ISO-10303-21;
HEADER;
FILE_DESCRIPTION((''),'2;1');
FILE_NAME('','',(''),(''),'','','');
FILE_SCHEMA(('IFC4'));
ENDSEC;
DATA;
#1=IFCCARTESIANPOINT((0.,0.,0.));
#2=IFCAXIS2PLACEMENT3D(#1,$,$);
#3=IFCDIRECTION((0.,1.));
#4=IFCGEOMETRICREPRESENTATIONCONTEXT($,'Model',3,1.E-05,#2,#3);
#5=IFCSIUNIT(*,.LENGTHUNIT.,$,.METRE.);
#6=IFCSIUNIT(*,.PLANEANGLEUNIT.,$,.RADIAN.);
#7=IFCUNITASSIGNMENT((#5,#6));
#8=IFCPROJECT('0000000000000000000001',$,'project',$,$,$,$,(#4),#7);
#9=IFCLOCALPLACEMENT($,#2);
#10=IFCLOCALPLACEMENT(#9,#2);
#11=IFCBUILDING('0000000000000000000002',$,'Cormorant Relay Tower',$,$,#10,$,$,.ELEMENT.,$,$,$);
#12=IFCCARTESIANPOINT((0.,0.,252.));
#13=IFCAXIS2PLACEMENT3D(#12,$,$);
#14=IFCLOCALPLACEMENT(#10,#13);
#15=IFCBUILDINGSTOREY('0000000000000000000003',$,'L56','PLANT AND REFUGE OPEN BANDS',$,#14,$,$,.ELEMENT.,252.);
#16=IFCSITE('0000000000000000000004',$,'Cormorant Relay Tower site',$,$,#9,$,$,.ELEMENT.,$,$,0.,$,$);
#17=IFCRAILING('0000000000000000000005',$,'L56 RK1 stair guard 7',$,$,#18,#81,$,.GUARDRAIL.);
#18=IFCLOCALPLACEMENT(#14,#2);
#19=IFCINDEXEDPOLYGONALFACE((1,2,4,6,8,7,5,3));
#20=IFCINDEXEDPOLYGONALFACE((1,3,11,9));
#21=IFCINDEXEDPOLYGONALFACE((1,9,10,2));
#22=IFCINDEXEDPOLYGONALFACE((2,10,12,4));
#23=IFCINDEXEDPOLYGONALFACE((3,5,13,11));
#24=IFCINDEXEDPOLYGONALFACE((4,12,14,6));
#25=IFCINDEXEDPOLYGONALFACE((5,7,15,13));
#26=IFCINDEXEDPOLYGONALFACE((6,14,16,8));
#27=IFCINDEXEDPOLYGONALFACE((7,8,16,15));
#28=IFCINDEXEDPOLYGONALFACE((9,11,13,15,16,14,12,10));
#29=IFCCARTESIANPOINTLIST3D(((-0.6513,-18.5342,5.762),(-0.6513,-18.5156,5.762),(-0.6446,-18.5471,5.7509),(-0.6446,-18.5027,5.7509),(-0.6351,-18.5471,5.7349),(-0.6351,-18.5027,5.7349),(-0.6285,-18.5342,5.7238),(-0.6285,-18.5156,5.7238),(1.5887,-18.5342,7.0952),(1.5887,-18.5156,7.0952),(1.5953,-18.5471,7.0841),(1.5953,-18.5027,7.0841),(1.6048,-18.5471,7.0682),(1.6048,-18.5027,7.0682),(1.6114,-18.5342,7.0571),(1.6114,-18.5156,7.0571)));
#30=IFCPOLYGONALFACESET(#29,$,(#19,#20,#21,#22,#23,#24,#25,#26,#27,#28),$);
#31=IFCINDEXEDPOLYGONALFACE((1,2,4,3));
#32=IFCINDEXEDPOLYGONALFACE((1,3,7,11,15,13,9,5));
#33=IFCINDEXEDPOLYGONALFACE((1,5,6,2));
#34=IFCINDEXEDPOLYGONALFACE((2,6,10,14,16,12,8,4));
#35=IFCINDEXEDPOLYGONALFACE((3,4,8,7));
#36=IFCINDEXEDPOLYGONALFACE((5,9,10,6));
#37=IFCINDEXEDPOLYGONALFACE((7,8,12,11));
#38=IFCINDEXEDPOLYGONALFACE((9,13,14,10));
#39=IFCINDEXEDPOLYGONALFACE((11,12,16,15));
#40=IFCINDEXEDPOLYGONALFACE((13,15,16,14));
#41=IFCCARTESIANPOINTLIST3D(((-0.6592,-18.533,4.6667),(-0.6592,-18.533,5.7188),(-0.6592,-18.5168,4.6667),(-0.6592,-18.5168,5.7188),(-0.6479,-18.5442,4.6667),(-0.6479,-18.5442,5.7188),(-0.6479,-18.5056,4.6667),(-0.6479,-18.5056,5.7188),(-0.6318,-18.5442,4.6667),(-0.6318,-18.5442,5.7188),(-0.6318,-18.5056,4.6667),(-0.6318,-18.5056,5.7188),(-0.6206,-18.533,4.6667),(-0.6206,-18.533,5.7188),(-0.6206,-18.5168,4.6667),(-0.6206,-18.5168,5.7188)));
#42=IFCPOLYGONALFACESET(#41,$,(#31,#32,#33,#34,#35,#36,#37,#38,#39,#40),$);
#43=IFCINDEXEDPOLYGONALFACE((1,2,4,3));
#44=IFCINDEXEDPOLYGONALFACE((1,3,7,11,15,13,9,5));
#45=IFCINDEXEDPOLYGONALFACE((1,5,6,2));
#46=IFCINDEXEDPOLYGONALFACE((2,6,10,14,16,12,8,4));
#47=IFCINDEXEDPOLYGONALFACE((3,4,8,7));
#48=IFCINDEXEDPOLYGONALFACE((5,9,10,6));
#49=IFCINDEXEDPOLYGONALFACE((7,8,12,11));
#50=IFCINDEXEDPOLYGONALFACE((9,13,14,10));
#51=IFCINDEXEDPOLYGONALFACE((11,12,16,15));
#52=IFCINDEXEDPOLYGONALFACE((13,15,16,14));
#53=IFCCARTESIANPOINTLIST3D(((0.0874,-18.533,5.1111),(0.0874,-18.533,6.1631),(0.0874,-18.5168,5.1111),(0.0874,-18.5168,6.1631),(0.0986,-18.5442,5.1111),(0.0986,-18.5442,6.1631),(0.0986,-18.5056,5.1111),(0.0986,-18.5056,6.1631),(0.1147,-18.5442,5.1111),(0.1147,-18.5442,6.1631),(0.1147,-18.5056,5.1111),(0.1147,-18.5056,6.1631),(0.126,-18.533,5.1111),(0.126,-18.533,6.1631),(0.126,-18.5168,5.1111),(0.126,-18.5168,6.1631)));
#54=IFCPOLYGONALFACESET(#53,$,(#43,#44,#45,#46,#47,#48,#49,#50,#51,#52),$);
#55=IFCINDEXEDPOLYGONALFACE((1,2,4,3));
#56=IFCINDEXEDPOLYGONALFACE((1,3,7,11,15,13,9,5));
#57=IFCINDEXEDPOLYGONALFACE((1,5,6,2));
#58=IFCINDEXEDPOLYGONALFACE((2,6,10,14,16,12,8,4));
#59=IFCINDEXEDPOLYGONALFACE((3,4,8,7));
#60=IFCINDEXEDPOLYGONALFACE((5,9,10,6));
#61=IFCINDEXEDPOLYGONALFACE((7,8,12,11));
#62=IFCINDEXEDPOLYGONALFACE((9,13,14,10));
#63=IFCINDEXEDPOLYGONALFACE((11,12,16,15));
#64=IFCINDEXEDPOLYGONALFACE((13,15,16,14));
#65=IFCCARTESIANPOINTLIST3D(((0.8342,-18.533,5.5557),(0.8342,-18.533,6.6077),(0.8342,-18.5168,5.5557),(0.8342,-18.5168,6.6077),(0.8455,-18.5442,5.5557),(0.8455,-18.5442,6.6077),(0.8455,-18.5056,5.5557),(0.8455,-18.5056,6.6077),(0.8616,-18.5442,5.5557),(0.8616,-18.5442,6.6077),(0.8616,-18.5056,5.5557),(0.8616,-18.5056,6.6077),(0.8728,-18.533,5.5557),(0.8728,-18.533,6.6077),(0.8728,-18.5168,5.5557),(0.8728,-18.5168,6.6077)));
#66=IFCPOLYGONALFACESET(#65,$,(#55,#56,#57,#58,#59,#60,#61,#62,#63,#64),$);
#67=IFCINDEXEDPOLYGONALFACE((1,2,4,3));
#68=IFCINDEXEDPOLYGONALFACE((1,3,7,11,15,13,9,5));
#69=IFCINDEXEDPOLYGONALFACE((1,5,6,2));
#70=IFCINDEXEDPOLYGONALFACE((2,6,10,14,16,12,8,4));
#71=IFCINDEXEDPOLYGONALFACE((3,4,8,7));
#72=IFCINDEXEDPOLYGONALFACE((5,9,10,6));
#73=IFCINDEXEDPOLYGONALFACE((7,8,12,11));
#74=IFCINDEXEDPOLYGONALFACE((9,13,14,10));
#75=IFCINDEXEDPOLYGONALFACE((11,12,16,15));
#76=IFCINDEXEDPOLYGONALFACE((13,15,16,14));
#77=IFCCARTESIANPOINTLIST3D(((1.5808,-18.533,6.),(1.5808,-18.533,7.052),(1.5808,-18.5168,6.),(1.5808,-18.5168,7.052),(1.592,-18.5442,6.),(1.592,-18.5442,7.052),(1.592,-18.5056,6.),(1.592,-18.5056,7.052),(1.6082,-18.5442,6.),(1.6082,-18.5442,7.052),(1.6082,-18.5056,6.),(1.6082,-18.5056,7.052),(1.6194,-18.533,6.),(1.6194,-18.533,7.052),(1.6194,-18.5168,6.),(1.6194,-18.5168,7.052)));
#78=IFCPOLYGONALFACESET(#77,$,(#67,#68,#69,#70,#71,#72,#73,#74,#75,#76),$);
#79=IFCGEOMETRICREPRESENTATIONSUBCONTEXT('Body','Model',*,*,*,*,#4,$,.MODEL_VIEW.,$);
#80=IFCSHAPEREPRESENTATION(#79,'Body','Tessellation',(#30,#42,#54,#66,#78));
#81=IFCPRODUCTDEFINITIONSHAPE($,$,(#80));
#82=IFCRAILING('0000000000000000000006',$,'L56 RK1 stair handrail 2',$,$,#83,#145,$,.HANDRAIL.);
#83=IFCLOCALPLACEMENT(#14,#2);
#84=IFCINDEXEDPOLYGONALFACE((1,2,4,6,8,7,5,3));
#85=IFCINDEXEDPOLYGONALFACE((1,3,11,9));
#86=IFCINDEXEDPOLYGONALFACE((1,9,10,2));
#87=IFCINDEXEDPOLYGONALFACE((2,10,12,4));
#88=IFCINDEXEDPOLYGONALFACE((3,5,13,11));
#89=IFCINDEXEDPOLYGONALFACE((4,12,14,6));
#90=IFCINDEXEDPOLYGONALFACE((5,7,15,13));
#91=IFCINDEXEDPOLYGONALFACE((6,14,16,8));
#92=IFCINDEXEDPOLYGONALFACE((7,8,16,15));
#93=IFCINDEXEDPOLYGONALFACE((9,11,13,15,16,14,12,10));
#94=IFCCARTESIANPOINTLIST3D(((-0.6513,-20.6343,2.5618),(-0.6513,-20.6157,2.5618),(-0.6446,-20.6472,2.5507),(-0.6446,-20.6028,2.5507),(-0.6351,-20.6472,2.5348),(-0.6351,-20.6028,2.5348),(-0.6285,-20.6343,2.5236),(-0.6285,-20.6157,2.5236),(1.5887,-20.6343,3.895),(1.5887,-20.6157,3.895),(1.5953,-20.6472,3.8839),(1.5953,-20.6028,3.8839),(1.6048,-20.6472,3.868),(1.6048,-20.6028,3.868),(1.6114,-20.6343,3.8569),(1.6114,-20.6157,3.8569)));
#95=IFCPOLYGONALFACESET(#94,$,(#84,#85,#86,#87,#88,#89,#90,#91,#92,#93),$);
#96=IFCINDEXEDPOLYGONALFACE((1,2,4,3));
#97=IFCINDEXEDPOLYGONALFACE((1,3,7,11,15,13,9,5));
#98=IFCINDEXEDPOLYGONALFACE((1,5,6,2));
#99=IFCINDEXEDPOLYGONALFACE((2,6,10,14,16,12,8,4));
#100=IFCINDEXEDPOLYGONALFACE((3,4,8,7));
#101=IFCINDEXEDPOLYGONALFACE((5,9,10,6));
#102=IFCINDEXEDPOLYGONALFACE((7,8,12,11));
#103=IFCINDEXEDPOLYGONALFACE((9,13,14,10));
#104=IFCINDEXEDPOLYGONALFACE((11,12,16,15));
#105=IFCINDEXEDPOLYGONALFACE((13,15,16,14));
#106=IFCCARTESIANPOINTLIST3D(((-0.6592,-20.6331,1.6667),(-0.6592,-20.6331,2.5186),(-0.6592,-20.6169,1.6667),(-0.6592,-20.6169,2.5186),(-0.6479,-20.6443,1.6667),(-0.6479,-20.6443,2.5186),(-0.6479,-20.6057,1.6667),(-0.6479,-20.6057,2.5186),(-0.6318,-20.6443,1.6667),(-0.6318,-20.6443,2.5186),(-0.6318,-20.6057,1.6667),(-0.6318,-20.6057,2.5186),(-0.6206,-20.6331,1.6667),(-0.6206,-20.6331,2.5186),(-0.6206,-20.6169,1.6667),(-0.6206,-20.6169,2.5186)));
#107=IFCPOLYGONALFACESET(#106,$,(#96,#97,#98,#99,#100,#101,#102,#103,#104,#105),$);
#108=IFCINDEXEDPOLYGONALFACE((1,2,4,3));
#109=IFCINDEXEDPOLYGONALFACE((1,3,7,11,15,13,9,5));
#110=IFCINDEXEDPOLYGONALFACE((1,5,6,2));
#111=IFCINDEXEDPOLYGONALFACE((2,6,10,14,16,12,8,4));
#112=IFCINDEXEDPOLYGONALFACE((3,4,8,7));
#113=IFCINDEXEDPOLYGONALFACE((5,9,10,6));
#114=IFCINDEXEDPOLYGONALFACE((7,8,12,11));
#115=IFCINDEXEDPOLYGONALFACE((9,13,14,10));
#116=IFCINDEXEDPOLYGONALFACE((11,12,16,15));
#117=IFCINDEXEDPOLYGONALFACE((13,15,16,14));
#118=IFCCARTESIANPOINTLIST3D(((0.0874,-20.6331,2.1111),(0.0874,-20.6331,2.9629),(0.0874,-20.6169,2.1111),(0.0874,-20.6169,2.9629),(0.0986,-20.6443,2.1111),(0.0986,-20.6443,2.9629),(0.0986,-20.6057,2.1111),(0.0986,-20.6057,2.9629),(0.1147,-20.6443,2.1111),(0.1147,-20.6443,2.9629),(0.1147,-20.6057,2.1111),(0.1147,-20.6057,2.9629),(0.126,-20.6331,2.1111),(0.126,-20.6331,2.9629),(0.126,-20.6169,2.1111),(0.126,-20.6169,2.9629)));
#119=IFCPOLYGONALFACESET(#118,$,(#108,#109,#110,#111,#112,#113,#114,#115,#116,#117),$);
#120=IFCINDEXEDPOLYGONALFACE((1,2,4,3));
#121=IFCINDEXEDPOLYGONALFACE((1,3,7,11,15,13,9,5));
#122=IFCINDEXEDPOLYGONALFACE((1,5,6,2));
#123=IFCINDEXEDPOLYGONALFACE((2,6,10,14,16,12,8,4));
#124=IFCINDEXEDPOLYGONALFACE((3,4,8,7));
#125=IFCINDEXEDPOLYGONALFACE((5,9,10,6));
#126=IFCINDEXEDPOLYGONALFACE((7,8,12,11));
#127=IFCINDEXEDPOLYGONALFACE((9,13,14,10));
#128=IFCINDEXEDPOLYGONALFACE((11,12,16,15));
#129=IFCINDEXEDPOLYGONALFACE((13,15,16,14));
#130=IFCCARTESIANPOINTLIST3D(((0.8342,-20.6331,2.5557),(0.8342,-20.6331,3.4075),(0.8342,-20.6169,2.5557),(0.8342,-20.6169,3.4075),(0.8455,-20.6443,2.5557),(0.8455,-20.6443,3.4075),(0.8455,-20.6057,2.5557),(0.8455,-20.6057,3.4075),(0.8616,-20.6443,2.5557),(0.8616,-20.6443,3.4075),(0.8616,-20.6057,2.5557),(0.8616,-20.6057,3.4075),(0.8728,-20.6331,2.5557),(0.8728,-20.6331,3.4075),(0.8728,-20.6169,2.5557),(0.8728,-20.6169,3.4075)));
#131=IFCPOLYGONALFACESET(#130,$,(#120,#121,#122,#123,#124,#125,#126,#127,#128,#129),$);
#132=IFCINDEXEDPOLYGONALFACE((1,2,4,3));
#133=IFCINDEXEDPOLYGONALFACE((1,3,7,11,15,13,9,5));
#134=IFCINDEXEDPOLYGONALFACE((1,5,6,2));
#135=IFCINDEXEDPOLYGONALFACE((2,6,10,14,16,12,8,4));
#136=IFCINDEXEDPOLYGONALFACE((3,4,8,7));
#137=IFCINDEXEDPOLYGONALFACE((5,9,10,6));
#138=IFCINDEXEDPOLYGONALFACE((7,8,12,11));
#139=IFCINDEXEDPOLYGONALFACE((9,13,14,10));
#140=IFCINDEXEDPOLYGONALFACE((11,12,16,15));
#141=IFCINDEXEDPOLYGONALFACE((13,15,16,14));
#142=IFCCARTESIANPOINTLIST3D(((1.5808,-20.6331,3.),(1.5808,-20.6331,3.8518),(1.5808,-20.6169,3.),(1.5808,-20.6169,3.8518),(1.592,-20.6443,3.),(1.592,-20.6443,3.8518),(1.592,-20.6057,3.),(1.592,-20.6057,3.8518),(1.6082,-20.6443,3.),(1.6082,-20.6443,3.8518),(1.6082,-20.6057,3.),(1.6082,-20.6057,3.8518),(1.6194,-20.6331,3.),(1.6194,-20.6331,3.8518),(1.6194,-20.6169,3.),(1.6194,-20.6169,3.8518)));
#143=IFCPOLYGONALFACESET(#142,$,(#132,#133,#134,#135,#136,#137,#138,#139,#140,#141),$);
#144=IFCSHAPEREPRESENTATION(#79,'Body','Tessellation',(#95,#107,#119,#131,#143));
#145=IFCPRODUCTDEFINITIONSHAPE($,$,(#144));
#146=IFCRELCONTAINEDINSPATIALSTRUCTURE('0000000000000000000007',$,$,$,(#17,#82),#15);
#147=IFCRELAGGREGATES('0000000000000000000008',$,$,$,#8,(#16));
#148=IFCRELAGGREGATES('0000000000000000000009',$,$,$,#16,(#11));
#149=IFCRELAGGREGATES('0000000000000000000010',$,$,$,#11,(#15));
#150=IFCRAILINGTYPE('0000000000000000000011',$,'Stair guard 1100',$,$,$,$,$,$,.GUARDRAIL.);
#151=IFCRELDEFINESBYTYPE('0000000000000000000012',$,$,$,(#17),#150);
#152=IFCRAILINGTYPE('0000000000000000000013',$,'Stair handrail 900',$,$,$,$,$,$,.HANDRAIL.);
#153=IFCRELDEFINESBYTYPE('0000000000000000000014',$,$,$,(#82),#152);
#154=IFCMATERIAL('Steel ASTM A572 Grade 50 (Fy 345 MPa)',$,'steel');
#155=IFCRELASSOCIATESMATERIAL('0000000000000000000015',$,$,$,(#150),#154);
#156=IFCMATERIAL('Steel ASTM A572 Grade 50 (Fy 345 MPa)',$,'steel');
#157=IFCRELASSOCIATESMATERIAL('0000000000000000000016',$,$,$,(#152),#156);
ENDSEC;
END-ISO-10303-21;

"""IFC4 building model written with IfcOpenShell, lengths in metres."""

from ifc_helpers import new_model, si_unit, direction, frame, origin, place, context, subcontext, project, spatial, polyline, outline, extrude, material, type_object, element, save


model = new_model("IFC4")

# Units and contexts
model_context = context("Model", 3, precision=1e-05, world=origin(), true_north=direction((0.0, 1.0)))
body_context = subcontext(model_context, "Body", "Model", "MODEL_VIEW")
ifc_project = project(units=[si_unit("LENGTHUNIT", "METRE"), si_unit("PLANEANGLEUNIT", "RADIAN")], contexts=[model_context])

# Site, building, storey
site_placement = place(None, origin())
site = spatial("IfcSite", under=ifc_project, at=site_placement, Name="Cormorant Relay Tower site", CompositionType="ELEMENT", RefElevation=0.0)
building_placement = place(site_placement, origin())
building = spatial("IfcBuilding", under=site, at=building_placement, Name="Cormorant Relay Tower", CompositionType="ELEMENT")
storey_placement = place(building_placement, frame((0.0, 0.0, 252.0)))
storey = spatial("IfcBuildingStorey", under=building, at=storey_placement, Name="L56", Description="PLANT AND REFUGE OPEN BANDS", CompositionType="ELEMENT", Elevation=252.0)

# Railings
ifc_material_1 = material(Name="Steel ASTM A572 Grade 50 (Fy 345 MPa)", Category="steel")
railing_type_1 = type_object("IfcRailingType", Name="Stair guard 1100", PredefinedType="GUARDRAIL", material=ifc_material_1)
railing_1_placement = place(storey_placement, frame((-0.6399, -18.5249, 4.6667)))
element("IfcRailing", 1, at=railing_1_placement, inside=storey, type_object=railing_type_1, Name="L56 RK1 stair guard 7", PredefinedType="GUARDRAIL", context=body_context, shape_type="SweptSolid", body=[
    extrude(outline(polyline([(0.0222, 0.0093), (0.0093, 0.0222), (-0.0093, 0.0222), (-0.0222, 0.0093), (-0.0222, -0.0093), (-0.0093, -0.0222), (0.0093, -0.0222), (0.0222, -0.0093), (0.0222, 0.0093)])), frame((0.0, 0.0, 1.0762), z_axis=(0.859306, 0.0, 0.511462), x_axis=(0.0, 1.0, 0.0)), (0.0, 0.0, 1.0), 2.6067),
    extrude(outline(polyline([(0.0193, 0.0081), (0.0081, 0.0193), (-0.0081, 0.0193), (-0.0193, 0.0081), (-0.0193, -0.0081), (-0.0081, -0.0193), (0.0081, -0.0193), (0.0193, -0.0081), (0.0193, 0.0081)])), origin(), (0.0, 0.0, 1.0), 1.052),
    extrude(outline(polyline([(0.0193, 0.0081), (0.0081, 0.0193), (-0.0081, 0.0193), (-0.0193, 0.0081), (-0.0193, -0.0081), (-0.0081, -0.0193), (0.0081, -0.0193), (0.0193, -0.0081), (0.0193, 0.0081)])), frame((0.7466, 0.0, 0.4443)), (0.0, 0.0, 1.0), 1.052),
    extrude(outline(polyline([(0.0193, 0.0081), (0.0081, 0.0193), (-0.0081, 0.0193), (-0.0193, 0.0081), (-0.0193, -0.0081), (-0.0081, -0.0193), (0.0081, -0.0193), (0.0193, -0.0081), (0.0193, 0.0081)])), frame((1.4934, 0.0, 0.8889)), (0.0, 0.0, 1.0), 1.052),
    extrude(outline(polyline([(0.0193, 0.0081), (0.0081, 0.0193), (-0.0081, 0.0193), (-0.0193, 0.0081), (-0.0193, -0.0081), (-0.0081, -0.0193), (0.0081, -0.0193), (0.0193, -0.0081), (0.0193, 0.0081)])), frame((2.24, 0.0, 1.3333)), (0.0, 0.0, 1.0), 1.052),
])
ifc_material_2 = material(Name="Steel ASTM A572 Grade 50 (Fy 345 MPa)", Category="steel")
railing_type_2 = type_object("IfcRailingType", Name="Stair handrail 900", PredefinedType="HANDRAIL", material=ifc_material_2)
railing_2_placement = place(storey_placement, frame((-0.6399, -20.625, 1.6667)))
element("IfcRailing", 2, at=railing_2_placement, inside=storey, type_object=railing_type_2, Name="L56 RK1 stair handrail 2", PredefinedType="HANDRAIL", context=body_context, shape_type="SweptSolid", body=[
    extrude(outline(polyline([(0.0222, 0.0093), (0.0093, 0.0222), (-0.0093, 0.0222), (-0.0222, 0.0093), (-0.0222, -0.0093), (-0.0093, -0.0222), (0.0093, -0.0222), (0.0222, -0.0093), (0.0222, 0.0093)])), frame((0.0, 0.0, 0.876), z_axis=(0.859306, 0.0, 0.511462), x_axis=(0.0, 1.0, 0.0)), (0.0, 0.0, 1.0), 2.6067),
    extrude(outline(polyline([(0.0193, 0.0081), (0.0081, 0.0193), (-0.0081, 0.0193), (-0.0193, 0.0081), (-0.0193, -0.0081), (-0.0081, -0.0193), (0.0081, -0.0193), (0.0193, -0.0081), (0.0193, 0.0081)])), origin(), (0.0, 0.0, 1.0), 0.8518),
    extrude(outline(polyline([(0.0193, 0.0081), (0.0081, 0.0193), (-0.0081, 0.0193), (-0.0193, 0.0081), (-0.0193, -0.0081), (-0.0081, -0.0193), (0.0081, -0.0193), (0.0193, -0.0081), (0.0193, 0.0081)])), frame((0.7466, 0.0, 0.4443)), (0.0, 0.0, 1.0), 0.8518),
    extrude(outline(polyline([(0.0193, 0.0081), (0.0081, 0.0193), (-0.0081, 0.0193), (-0.0193, 0.0081), (-0.0193, -0.0081), (-0.0081, -0.0193), (0.0081, -0.0193), (0.0193, -0.0081), (0.0193, 0.0081)])), frame((1.4934, 0.0, 0.8889)), (0.0, 0.0, 1.0), 0.8518),
    extrude(outline(polyline([(0.0193, 0.0081), (0.0081, 0.0193), (-0.0081, 0.0193), (-0.0193, 0.0081), (-0.0193, -0.0081), (-0.0081, -0.0193), (0.0081, -0.0193), (0.0193, -0.0081), (0.0193, 0.0081)])), frame((2.24, 0.0, 1.3333)), (0.0, 0.0, 1.0), 0.8518),
])

save(model, "model.ifc")
